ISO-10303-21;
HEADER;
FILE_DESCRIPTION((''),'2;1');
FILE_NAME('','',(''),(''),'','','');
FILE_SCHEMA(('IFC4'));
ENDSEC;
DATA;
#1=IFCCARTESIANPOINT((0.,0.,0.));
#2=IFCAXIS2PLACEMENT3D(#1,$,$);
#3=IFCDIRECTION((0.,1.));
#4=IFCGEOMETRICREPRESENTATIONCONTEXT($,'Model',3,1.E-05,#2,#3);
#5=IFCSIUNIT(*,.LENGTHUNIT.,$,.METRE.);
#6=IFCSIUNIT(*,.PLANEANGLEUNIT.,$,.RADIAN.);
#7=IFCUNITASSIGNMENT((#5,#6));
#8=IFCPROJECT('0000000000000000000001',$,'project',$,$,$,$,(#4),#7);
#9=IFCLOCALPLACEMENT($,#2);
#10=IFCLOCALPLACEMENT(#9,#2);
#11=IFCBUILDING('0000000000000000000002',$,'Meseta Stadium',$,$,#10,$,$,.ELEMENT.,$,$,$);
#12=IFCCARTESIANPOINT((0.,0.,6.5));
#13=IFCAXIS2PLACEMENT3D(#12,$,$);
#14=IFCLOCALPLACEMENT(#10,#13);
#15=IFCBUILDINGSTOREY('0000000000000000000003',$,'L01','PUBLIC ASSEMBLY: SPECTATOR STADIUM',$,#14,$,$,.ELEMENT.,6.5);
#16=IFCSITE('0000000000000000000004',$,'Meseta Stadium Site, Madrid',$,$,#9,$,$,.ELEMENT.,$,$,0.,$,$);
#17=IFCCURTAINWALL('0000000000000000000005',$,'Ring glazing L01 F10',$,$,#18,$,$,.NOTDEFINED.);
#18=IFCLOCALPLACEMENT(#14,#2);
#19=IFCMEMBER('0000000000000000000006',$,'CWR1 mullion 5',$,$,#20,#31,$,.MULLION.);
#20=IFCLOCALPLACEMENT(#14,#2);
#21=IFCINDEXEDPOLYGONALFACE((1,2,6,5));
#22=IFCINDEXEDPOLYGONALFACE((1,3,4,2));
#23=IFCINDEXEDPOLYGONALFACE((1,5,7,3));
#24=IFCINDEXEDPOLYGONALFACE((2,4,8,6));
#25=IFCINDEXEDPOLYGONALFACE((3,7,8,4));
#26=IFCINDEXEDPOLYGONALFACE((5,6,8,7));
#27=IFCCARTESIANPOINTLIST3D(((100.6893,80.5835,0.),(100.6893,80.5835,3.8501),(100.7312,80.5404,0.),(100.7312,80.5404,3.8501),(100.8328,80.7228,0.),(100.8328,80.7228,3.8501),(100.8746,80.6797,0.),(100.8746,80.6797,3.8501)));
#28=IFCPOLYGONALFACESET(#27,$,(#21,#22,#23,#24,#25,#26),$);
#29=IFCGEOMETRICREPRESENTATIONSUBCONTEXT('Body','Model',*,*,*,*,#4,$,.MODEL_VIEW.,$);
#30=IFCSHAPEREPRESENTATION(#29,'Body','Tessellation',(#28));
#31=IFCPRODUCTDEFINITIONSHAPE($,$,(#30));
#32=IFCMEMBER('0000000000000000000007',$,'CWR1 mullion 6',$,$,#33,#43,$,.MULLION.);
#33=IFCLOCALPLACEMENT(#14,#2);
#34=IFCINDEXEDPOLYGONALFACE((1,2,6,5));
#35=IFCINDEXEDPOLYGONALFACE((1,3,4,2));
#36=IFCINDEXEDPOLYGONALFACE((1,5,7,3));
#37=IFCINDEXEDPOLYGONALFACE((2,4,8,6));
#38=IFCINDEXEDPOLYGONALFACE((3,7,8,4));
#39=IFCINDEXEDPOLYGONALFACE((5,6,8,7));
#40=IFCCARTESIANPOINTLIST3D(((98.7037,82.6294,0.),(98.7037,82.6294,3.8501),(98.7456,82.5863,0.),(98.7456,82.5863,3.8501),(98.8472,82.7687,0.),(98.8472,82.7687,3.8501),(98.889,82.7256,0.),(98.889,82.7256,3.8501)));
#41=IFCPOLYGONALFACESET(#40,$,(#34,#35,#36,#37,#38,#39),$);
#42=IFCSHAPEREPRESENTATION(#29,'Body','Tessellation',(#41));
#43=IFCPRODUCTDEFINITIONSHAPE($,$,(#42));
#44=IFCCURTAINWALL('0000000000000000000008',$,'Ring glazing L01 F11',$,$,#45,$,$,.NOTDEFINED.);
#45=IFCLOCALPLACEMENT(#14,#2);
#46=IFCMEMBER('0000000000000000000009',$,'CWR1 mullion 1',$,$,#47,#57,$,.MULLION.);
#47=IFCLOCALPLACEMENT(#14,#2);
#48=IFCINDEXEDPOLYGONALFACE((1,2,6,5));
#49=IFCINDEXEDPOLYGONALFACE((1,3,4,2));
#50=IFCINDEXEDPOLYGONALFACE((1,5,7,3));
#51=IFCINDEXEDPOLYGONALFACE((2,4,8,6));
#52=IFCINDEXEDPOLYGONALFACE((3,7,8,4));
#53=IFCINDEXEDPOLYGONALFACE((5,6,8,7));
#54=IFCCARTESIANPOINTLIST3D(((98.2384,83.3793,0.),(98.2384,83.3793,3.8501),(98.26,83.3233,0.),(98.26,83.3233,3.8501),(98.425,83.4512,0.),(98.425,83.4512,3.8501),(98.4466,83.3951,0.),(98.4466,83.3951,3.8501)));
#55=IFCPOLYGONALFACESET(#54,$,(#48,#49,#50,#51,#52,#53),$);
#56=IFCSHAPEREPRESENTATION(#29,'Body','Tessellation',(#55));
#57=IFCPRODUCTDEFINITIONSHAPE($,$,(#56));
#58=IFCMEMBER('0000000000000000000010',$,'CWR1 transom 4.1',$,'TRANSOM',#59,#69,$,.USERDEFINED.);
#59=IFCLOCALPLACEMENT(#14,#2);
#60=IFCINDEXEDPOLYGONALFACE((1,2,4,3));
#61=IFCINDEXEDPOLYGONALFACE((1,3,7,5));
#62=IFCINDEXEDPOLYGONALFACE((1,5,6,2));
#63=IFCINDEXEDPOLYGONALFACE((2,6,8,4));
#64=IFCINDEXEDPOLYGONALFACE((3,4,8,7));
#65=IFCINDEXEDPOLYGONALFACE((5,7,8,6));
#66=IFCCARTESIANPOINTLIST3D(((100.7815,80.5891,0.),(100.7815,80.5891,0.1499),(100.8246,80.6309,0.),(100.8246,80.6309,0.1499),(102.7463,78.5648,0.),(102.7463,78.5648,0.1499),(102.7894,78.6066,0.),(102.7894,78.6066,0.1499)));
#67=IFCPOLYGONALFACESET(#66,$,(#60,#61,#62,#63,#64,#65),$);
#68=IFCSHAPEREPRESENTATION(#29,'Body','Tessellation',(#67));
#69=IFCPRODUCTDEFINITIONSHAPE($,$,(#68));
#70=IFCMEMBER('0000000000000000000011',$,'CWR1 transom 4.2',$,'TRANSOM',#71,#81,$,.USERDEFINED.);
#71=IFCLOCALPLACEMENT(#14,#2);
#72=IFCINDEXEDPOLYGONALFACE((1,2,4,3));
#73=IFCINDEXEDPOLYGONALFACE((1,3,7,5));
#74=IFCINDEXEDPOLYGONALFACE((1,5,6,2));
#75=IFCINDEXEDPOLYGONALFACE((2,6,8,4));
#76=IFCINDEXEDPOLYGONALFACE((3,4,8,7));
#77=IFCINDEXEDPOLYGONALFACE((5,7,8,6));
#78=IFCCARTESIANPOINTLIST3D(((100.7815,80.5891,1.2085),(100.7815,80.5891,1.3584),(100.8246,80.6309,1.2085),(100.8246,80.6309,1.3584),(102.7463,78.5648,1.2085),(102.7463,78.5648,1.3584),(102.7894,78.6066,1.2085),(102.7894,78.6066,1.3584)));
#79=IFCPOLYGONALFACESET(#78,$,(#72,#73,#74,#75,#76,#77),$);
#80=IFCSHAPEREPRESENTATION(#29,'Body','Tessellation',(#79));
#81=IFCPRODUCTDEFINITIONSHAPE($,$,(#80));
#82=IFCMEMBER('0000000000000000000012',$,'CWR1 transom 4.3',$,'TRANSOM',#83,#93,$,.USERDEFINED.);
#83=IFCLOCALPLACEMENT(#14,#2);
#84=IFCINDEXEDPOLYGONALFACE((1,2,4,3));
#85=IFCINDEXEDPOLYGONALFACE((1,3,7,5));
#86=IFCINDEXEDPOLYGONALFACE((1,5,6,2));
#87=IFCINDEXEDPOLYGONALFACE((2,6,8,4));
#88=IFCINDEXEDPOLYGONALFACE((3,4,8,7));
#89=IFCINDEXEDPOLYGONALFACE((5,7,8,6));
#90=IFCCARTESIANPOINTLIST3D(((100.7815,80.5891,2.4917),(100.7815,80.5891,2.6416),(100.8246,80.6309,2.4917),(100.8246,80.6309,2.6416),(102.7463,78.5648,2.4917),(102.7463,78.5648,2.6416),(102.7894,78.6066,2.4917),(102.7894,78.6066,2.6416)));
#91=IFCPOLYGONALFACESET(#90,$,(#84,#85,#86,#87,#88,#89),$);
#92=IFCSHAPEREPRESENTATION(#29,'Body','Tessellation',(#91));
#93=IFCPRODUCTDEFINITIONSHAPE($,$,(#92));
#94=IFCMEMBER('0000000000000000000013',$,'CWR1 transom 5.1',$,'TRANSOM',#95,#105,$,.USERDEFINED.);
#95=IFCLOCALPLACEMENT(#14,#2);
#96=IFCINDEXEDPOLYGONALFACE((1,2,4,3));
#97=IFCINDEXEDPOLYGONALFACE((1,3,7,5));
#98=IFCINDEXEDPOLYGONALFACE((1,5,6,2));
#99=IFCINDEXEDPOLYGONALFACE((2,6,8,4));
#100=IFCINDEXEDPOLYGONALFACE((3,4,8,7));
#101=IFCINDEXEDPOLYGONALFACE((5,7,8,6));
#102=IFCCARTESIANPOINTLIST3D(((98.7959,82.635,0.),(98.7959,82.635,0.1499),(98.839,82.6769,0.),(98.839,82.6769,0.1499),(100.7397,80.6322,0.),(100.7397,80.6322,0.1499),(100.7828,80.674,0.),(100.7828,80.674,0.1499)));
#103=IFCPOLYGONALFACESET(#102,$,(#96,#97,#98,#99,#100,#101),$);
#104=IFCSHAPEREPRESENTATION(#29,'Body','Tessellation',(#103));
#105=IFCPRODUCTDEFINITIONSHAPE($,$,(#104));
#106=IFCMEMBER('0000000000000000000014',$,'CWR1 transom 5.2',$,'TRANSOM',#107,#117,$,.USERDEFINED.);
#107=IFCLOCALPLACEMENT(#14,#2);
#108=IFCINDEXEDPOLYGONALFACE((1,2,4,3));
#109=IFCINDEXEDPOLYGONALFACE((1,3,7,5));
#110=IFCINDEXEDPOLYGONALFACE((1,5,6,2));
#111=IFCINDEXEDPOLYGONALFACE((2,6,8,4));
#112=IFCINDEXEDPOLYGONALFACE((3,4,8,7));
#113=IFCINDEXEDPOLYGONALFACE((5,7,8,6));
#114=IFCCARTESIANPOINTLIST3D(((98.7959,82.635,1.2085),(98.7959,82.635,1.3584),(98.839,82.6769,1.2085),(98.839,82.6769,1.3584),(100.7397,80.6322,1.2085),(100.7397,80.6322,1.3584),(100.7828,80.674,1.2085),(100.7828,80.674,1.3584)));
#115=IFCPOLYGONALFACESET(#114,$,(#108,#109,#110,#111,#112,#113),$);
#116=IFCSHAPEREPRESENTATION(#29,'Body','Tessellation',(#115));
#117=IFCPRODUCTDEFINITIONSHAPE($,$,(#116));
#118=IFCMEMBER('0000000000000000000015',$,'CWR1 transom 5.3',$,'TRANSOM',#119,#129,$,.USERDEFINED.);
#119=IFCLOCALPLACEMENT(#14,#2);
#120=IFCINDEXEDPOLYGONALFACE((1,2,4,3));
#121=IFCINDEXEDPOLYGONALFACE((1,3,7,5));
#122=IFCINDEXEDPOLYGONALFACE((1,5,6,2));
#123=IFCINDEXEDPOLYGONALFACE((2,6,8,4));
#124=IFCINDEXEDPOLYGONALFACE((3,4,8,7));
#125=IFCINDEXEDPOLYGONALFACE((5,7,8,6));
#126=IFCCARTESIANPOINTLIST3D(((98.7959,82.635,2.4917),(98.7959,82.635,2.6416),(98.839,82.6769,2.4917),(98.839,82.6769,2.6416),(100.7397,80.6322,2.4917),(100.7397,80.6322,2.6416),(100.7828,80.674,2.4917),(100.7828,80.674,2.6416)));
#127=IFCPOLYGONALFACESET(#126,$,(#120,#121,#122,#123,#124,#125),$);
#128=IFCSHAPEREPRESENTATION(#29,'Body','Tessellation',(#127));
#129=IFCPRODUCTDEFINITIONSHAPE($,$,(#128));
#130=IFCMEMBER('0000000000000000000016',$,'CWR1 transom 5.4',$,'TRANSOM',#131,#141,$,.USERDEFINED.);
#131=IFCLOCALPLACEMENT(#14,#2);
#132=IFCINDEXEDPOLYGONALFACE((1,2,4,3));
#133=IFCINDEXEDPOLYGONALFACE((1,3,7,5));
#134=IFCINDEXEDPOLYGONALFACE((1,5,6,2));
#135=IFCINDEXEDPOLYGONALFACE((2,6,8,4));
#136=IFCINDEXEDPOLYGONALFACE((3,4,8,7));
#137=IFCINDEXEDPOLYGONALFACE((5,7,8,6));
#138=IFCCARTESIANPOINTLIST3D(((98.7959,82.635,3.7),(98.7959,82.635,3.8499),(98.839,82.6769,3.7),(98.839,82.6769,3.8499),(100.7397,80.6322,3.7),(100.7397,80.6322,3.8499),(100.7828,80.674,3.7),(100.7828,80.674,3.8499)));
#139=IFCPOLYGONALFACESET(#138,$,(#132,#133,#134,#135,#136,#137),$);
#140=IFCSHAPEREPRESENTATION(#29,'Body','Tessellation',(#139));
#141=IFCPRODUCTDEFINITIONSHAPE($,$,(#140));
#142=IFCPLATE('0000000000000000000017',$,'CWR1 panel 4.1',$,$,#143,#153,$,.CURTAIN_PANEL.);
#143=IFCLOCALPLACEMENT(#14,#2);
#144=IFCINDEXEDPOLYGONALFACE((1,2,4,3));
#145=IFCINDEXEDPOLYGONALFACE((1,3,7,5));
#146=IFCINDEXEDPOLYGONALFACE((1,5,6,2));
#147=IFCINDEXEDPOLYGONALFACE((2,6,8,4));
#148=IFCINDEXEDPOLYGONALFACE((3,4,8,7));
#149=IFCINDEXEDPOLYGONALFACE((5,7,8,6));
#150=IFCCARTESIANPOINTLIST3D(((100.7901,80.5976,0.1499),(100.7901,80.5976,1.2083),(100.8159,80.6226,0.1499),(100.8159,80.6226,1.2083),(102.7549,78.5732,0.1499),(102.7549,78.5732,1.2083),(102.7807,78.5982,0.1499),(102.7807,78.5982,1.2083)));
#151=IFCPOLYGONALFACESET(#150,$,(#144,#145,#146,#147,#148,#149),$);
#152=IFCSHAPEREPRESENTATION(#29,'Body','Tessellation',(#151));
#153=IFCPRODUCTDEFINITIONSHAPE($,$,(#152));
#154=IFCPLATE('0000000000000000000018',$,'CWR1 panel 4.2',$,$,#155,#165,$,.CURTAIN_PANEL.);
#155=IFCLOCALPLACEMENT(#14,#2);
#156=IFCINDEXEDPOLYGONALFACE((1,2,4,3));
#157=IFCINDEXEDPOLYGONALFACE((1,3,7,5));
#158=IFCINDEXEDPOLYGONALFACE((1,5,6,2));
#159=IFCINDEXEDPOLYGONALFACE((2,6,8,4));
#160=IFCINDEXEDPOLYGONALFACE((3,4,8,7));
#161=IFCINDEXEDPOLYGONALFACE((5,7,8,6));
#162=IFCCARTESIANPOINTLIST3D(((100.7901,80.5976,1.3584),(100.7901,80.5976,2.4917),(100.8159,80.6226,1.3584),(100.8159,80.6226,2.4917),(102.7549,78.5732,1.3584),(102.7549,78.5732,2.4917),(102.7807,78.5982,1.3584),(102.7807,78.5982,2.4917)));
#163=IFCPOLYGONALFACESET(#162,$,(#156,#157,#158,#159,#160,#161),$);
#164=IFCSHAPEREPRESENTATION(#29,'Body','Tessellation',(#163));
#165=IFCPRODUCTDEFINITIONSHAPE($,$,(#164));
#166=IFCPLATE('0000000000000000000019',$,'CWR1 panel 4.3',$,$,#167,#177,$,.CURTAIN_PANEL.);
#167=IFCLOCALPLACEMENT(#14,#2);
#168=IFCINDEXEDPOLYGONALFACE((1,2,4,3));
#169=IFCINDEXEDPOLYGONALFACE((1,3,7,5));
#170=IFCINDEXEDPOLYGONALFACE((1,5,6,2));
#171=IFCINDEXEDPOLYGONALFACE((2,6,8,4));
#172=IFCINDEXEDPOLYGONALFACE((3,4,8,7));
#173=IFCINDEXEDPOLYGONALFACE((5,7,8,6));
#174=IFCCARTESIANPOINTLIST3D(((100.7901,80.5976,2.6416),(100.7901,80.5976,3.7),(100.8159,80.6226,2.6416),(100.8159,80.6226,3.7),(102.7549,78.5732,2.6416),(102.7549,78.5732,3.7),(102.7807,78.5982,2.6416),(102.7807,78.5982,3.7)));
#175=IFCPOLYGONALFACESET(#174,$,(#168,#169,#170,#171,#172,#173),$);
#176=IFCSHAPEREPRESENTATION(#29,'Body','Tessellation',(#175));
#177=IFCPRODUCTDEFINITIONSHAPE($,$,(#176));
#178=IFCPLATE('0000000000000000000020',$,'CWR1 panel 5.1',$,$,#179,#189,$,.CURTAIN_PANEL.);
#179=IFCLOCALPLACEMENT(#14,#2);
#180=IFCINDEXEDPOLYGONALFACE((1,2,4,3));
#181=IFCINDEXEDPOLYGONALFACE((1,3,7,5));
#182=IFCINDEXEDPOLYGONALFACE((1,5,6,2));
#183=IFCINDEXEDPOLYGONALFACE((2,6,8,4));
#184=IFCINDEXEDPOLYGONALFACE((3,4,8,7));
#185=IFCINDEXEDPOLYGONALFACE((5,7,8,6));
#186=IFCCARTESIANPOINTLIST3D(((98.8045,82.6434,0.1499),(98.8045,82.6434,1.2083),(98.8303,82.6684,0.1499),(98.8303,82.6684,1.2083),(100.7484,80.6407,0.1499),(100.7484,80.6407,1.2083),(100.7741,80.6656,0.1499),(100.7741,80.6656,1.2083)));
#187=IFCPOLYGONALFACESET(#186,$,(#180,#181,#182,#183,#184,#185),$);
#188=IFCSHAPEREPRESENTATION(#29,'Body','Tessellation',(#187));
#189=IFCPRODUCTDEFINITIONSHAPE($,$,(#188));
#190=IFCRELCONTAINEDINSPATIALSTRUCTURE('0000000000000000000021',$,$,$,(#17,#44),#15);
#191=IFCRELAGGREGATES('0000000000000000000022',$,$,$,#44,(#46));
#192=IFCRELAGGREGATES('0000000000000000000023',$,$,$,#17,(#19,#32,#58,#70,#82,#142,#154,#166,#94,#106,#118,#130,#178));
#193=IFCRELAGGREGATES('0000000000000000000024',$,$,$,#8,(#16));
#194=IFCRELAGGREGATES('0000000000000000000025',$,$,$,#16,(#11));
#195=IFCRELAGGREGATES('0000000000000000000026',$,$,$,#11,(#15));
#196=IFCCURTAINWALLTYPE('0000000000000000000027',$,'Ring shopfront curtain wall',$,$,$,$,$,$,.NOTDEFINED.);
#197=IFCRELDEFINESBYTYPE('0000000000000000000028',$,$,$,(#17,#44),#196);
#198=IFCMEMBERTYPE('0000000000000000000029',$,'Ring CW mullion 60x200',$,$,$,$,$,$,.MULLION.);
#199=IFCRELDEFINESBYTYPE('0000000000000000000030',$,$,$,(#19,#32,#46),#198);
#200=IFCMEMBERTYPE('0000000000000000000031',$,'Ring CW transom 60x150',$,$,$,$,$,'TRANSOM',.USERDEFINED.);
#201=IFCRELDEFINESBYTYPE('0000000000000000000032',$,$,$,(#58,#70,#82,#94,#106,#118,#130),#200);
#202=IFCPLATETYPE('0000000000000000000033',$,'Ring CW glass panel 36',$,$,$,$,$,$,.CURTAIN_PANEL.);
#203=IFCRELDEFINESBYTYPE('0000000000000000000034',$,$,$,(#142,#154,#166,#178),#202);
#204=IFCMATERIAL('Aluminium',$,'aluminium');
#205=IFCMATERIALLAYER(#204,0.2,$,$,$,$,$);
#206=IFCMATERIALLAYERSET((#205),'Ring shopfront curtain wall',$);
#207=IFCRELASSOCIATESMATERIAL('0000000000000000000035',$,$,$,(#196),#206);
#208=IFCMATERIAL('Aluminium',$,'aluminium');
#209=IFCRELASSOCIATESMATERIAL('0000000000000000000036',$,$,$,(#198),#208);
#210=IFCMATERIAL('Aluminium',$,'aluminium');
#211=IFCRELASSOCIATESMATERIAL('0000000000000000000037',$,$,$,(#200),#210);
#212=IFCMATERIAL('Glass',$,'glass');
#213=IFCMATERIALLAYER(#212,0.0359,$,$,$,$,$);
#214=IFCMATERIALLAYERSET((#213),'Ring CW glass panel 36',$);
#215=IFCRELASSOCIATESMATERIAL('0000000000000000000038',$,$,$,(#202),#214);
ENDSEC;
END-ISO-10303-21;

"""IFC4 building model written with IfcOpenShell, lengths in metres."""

from ifc_helpers import new_model, si_unit, direction, frame, origin, origin_2d, place, context, subcontext, project, spatial, rectangle, extrude, material, layer, layer_set, material_profile, profile_set, type_object, element, aggregate, save


model = new_model("IFC4")

# Units and contexts
model_context = context("Model", 3, precision=1e-05, world=origin(), true_north=direction((0.0, 1.0)))
body_context = subcontext(model_context, "Body", "Model", "MODEL_VIEW")
ifc_project = project(units=[si_unit("LENGTHUNIT", "METRE"), si_unit("PLANEANGLEUNIT", "RADIAN")], contexts=[model_context])

# Site, building, storey
site_placement = place(None, origin())
site = spatial("IfcSite", under=ifc_project, at=site_placement, Name="Meseta Stadium Site, Madrid", CompositionType="ELEMENT", RefElevation=0.0)
building_placement = place(site_placement, origin())
building = spatial("IfcBuilding", under=site, at=building_placement, Name="Meseta Stadium", CompositionType="ELEMENT")
storey_placement = place(building_placement, frame((0.0, 0.0, 6.5)))
storey = spatial("IfcBuildingStorey", under=building, at=storey_placement, Name="L01", Description="PUBLIC ASSEMBLY: SPECTATOR STADIUM", CompositionType="ELEMENT", Elevation=6.5)

# Curtain wall, members
ifc_material_1 = material(Name="Aluminium", Category="aluminium")
ifc_layer_1 = layer(ifc_material_1, 0.2)
ifc_layer_set_1 = layer_set([ifc_layer_1], Name="Ring shopfront curtain wall")
curtain_wall_type = type_object("IfcCurtainWallType", Name="Ring shopfront curtain wall", PredefinedType="NOTDEFINED", material=ifc_layer_set_1)
curtain_wall_1_placement = place(storey_placement, origin())
curtain_wall_1 = element("IfcCurtainWall", 1, at=curtain_wall_1_placement, inside=storey, type_object=curtain_wall_type, Name="Ring glazing L01 F10", PredefinedType="NOTDEFINED")
ifc_material_2 = material(Name="Aluminium", Category="aluminium")
ifc_material_profile_1 = material_profile(ifc_material_2, rectangle(XDim=0.2, YDim=0.0601, at=origin_2d()), Name="CW 200x60")
ifc_profile_set_1 = profile_set([ifc_material_profile_1], Name="Aluminium")
member_type_1 = type_object("IfcMemberType", Name="Ring CW mullion 60x200", PredefinedType="MULLION", material=ifc_profile_set_1)
member_1_placement = place(storey_placement, frame((100.782, 80.6316, 0.0), z_axis=(0.0, 0.0, 1.0), x_axis=(-0.717583, -0.696473, 0.0)))
member_1 = element("IfcMember", 2, at=member_1_placement, type_object=member_type_1, Name="CWR1 mullion 5", PredefinedType="MULLION", context=body_context, shape_type="SweptSolid", body=[
    extrude(rectangle(XDim=0.2, YDim=0.0601, at=origin_2d()), origin(), (0.0, 0.0, 1.0), 3.8501),
])
member_2_placement = place(storey_placement, frame((98.7964, 82.6775, 0.0), z_axis=(0.0, 0.0, 1.0), x_axis=(-0.717583, -0.696473, 0.0)))
member_2 = element("IfcMember", 3, at=member_2_placement, type_object=member_type_1, Name="CWR1 mullion 6", PredefinedType="MULLION", context=body_context, shape_type="SweptSolid", body=[
    extrude(rectangle(XDim=0.2, YDim=0.0601, at=origin_2d()), origin(), (0.0, 0.0, 1.0), 3.8501),
])

# Curtain wall, member
curtain_wall_2_placement = place(storey_placement, origin())
curtain_wall_2 = element("IfcCurtainWall", 4, at=curtain_wall_2_placement, inside=storey, type_object=curtain_wall_type, Name="Ring glazing L01 F11", PredefinedType="NOTDEFINED")
member_3_placement = place(storey_placement, frame((98.3425, 83.3872, 0.0), z_axis=(0.0, 0.0, 1.0), x_axis=(-0.933221, -0.359302, 0.0)))
member_3 = element("IfcMember", 5, at=member_3_placement, type_object=member_type_1, Name="CWR1 mullion 1", PredefinedType="MULLION", context=body_context, shape_type="SweptSolid", body=[
    extrude(rectangle(XDim=0.2, YDim=0.0601, at=origin_2d()), origin(), (0.0, 0.0, 1.0), 3.8501),
])
aggregate(curtain_wall_2, [member_3])

# Members
ifc_material_3 = material(Name="Aluminium", Category="aluminium")
ifc_material_profile_2 = material_profile(ifc_material_3, rectangle(XDim=0.0601, YDim=0.1499, at=origin_2d()), Name="CW 60x150")
ifc_profile_set_2 = profile_set([ifc_material_profile_2], Name="Aluminium")
member_type_2 = type_object("IfcMemberType", Name="Ring CW transom 60x150", ElementType="TRANSOM", PredefinedType="USERDEFINED", material=ifc_profile_set_2)
member_4_placement = place(storey_placement, frame((102.7678, 78.5857, 0.075), z_axis=(-0.69647, 0.717586, 0.0), x_axis=(-0.717586, -0.69647, 0.0)))
member_4 = element("IfcMember", 6, at=member_4_placement, type_object=member_type_2, Name="CWR1 transom 4.1", ObjectType="TRANSOM", PredefinedType="USERDEFINED", context=body_context, shape_type="SweptSolid", body=[
    extrude(rectangle(XDim=0.0601, YDim=0.1499, at=origin_2d()), origin(), (0.0, 0.0, 1.0), 2.821),
])
member_5_placement = place(storey_placement, frame((102.7678, 78.5857, 1.2834), z_axis=(-0.69647, 0.717586, 0.0), x_axis=(-0.717586, -0.69647, 0.0)))
member_5 = element("IfcMember", 7, at=member_5_placement, type_object=member_type_2, Name="CWR1 transom 4.2", ObjectType="TRANSOM", PredefinedType="USERDEFINED", context=body_context, shape_type="SweptSolid", body=[
    extrude(rectangle(XDim=0.0601, YDim=0.1499, at=origin_2d()), origin(), (0.0, 0.0, 1.0), 2.821),
])
member_6_placement = place(storey_placement, frame((102.7678, 78.5857, 2.5667), z_axis=(-0.69647, 0.717586, 0.0), x_axis=(-0.717586, -0.69647, 0.0)))
member_6 = element("IfcMember", 8, at=member_6_placement, type_object=member_type_2, Name="CWR1 transom 4.3", ObjectType="TRANSOM", PredefinedType="USERDEFINED", context=body_context, shape_type="SweptSolid", body=[
    extrude(rectangle(XDim=0.0601, YDim=0.1499, at=origin_2d()), origin(), (0.0, 0.0, 1.0), 2.821),
])
member_7_placement = place(storey_placement, frame((100.7612, 80.6531, 0.075), z_axis=(-0.696444, 0.717612, 0.0), x_axis=(-0.717612, -0.696444, 0.0)))
member_7 = element("IfcMember", 9, at=member_7_placement, type_object=member_type_2, Name="CWR1 transom 5.1", ObjectType="TRANSOM", PredefinedType="USERDEFINED", context=body_context, shape_type="SweptSolid", body=[
    extrude(rectangle(XDim=0.0601, YDim=0.1499, at=origin_2d()), origin(), (0.0, 0.0, 1.0), 2.791),
])
member_8_placement = place(storey_placement, frame((100.7612, 80.6531, 1.2834), z_axis=(-0.696444, 0.717612, 0.0), x_axis=(-0.717612, -0.696444, 0.0)))
member_8 = element("IfcMember", 10, at=member_8_placement, type_object=member_type_2, Name="CWR1 transom 5.2", ObjectType="TRANSOM", PredefinedType="USERDEFINED", context=body_context, shape_type="SweptSolid", body=[
    extrude(rectangle(XDim=0.0601, YDim=0.1499, at=origin_2d()), origin(), (0.0, 0.0, 1.0), 2.791),
])
member_9_placement = place(storey_placement, frame((100.7612, 80.6531, 2.5667), z_axis=(-0.696444, 0.717612, 0.0), x_axis=(-0.717612, -0.696444, 0.0)))
member_9 = element("IfcMember", 11, at=member_9_placement, type_object=member_type_2, Name="CWR1 transom 5.3", ObjectType="TRANSOM", PredefinedType="USERDEFINED", context=body_context, shape_type="SweptSolid", body=[
    extrude(rectangle(XDim=0.0601, YDim=0.1499, at=origin_2d()), origin(), (0.0, 0.0, 1.0), 2.791),
])
member_10_placement = place(storey_placement, frame((100.7612, 80.6531, 3.7749), z_axis=(-0.696444, 0.717612, 0.0), x_axis=(-0.717612, -0.696444, 0.0)))
member_10 = element("IfcMember", 12, at=member_10_placement, type_object=member_type_2, Name="CWR1 transom 5.4", ObjectType="TRANSOM", PredefinedType="USERDEFINED", context=body_context, shape_type="SweptSolid", body=[
    extrude(rectangle(XDim=0.0601, YDim=0.1499, at=origin_2d()), origin(), (0.0, 0.0, 1.0), 2.791),
])

# Plates
ifc_material_4 = material(Name="Glass", Category="glass")
ifc_layer_2 = layer(ifc_material_4, 0.0359)
ifc_layer_set_2 = layer_set([ifc_layer_2], Name="Ring CW glass panel 36")
plate_type = type_object("IfcPlateType", Name="Ring CW glass panel 36", PredefinedType="CURTAIN_PANEL", material=ifc_layer_set_2)
plate_1_placement = place(storey_placement, frame((101.7854, 79.5979, 0.1499), z_axis=(0.0, 0.0, 1.0), x_axis=(-0.696473, 0.717583, 0.0)))
plate_1 = element("IfcPlate", 13, at=plate_1_placement, type_object=plate_type, Name="CWR1 panel 4.1", PredefinedType="CURTAIN_PANEL", context=body_context, shape_type="SweptSolid", body=[
    extrude(rectangle(XDim=2.821, YDim=0.0359, at=origin_2d()), origin(), (0.0, 0.0, 1.0), 1.0583),
])
plate_2_placement = place(storey_placement, frame((101.7854, 79.5979, 1.3584), z_axis=(0.0, 0.0, 1.0), x_axis=(-0.696473, 0.717583, 0.0)))
plate_2 = element("IfcPlate", 14, at=plate_2_placement, type_object=plate_type, Name="CWR1 panel 4.2", PredefinedType="CURTAIN_PANEL", context=body_context, shape_type="SweptSolid", body=[
    extrude(rectangle(XDim=2.821, YDim=0.0359, at=origin_2d()), origin(), (0.0, 0.0, 1.0), 1.1333),
])
plate_3_placement = place(storey_placement, frame((101.7854, 79.5979, 2.6416), z_axis=(0.0, 0.0, 1.0), x_axis=(-0.696473, 0.717583, 0.0)))
plate_3 = element("IfcPlate", 15, at=plate_3_placement, type_object=plate_type, Name="CWR1 panel 4.3", PredefinedType="CURTAIN_PANEL", context=body_context, shape_type="SweptSolid", body=[
    extrude(rectangle(XDim=2.821, YDim=0.0359, at=origin_2d()), origin(), (0.0, 0.0, 1.0), 1.0583),
])
plate_4_placement = place(storey_placement, frame((99.7893, 81.6545, 0.1499), z_axis=(0.0, 0.0, 1.0), x_axis=(-0.696473, 0.717583, 0.0)))
plate_4 = element("IfcPlate", 16, at=plate_4_placement, type_object=plate_type, Name="CWR1 panel 5.1", PredefinedType="CURTAIN_PANEL", context=body_context, shape_type="SweptSolid", body=[
    extrude(rectangle(XDim=2.791, YDim=0.0359, at=origin_2d()), origin(), (0.0, 0.0, 1.0), 1.0583),
])
aggregate(curtain_wall_1, [member_1, member_2, member_4, member_5, member_6, plate_1, plate_2, plate_3, member_7, member_8, member_9, member_10, plate_4])

save(model, "model.ifc")
